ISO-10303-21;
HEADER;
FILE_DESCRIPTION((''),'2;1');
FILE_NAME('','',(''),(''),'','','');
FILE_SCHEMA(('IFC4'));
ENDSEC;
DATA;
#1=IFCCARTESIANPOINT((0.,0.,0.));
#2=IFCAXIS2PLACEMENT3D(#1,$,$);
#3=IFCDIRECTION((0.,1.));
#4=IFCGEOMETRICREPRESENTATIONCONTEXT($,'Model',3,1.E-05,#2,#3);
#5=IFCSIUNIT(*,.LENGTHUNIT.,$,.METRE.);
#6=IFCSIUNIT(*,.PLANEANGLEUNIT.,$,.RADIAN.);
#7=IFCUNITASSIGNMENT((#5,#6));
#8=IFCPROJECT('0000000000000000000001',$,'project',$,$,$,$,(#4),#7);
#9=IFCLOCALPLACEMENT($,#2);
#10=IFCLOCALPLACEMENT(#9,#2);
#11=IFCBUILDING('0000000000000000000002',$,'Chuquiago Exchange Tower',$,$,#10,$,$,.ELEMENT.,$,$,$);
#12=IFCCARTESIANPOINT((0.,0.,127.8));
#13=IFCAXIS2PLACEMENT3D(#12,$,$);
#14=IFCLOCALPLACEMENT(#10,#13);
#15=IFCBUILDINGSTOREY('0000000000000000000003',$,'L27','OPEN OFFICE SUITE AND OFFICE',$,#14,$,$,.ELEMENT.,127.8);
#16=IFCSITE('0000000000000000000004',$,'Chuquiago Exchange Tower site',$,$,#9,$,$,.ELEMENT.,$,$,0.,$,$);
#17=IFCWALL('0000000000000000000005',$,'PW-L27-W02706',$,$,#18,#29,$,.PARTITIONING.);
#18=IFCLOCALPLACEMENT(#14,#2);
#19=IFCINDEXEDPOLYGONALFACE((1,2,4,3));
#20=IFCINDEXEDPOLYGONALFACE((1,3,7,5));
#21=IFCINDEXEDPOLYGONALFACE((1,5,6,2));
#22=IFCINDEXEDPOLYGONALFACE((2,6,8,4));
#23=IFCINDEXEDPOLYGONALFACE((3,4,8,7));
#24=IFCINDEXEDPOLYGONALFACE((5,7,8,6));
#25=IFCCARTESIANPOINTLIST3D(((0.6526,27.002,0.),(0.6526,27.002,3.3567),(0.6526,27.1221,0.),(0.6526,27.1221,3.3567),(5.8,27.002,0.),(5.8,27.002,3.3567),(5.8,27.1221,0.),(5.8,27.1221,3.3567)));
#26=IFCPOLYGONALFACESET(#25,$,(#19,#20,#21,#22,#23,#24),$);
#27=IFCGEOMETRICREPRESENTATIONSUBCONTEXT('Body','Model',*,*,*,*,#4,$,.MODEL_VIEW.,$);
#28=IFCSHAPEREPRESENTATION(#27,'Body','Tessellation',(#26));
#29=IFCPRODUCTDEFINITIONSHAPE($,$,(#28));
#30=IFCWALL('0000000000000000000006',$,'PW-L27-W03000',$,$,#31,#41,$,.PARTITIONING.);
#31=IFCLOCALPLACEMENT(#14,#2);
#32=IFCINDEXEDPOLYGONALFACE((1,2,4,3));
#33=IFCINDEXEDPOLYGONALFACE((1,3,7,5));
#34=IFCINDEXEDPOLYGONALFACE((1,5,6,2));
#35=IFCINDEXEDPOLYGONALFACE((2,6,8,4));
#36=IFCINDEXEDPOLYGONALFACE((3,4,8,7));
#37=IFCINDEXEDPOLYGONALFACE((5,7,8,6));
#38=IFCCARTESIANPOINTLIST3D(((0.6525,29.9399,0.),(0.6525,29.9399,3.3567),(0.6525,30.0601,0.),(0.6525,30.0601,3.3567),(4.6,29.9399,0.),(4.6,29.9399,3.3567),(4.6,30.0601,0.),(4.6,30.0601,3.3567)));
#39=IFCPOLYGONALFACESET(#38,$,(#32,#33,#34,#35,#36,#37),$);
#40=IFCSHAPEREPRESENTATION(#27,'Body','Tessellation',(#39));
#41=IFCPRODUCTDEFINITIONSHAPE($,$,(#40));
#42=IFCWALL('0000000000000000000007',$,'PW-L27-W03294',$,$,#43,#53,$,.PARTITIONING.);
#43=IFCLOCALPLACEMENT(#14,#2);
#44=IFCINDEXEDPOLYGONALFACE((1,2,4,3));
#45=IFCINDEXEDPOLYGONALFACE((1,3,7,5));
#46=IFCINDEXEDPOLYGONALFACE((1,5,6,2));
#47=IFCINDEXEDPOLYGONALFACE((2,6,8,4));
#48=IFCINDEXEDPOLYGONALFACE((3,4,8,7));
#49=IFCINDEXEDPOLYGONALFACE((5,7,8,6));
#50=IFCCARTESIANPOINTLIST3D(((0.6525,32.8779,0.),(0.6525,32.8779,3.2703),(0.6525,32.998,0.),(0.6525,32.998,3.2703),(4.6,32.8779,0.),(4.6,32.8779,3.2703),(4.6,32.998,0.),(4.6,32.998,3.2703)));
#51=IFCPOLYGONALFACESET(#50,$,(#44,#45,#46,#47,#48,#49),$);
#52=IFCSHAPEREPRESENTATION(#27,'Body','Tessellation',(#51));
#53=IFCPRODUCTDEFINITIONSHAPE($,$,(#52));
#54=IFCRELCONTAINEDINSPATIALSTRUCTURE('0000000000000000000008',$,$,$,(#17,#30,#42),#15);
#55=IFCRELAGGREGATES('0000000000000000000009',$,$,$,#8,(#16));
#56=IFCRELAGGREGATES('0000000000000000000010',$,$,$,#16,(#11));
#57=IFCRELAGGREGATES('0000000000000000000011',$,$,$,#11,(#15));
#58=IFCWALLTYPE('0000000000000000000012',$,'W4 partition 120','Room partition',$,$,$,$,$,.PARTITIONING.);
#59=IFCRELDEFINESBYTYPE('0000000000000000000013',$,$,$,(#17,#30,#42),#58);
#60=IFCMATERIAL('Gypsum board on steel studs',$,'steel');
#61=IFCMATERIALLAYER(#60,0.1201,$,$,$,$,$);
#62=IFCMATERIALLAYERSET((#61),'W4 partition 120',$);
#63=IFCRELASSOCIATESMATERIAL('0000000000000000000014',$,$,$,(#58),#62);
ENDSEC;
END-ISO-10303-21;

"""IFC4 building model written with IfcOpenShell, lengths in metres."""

from ifc_helpers import new_model, si_unit, direction, frame, frame_2d, origin, place, context, subcontext, project, spatial, rectangle, extrude, material, layer, layer_set, type_object, element, save


model = new_model("IFC4")

# Units and contexts
model_context = context("Model", 3, precision=1e-05, world=origin(), true_north=direction((0.0, 1.0)))
body_context = subcontext(model_context, "Body", "Model", "MODEL_VIEW")
ifc_project = project(units=[si_unit("LENGTHUNIT", "METRE"), si_unit("PLANEANGLEUNIT", "RADIAN")], contexts=[model_context])

# Site, building, storey
site_placement = place(None, origin())
site = spatial("IfcSite", under=ifc_project, at=site_placement, Name="Chuquiago Exchange Tower site", CompositionType="ELEMENT", RefElevation=0.0)
building_placement = place(site_placement, origin())
building = spatial("IfcBuilding", under=site, at=building_placement, Name="Chuquiago Exchange Tower", CompositionType="ELEMENT")
storey_placement = place(building_placement, frame((0.0, 0.0, 127.8)))
storey = spatial("IfcBuildingStorey", under=building, at=storey_placement, Name="L27", Description="OPEN OFFICE SUITE AND OFFICE", CompositionType="ELEMENT", Elevation=127.8)

# Walls
ifc_material_1 = material(Name="Gypsum board on steel studs", Category="steel")
ifc_layer_1 = layer(ifc_material_1, 0.1201)
ifc_layer_set_1 = layer_set([ifc_layer_1], Name="W4 partition 120")
wall_type = type_object("IfcWallType", Name="W4 partition 120", Description="Room partition", PredefinedType="PARTITIONING", material=ifc_layer_set_1)
wall_1_placement = place(storey_placement, frame((0.6526, 27.062, 0.0), z_axis=(0.0, 0.0, 1.0), x_axis=(1.0, 0.0, 0.0)))
element("IfcWall", 1, at=wall_1_placement, inside=storey, type_object=wall_type, Name="PW-L27-W02706", PredefinedType="PARTITIONING", context=body_context, shape_type="SweptSolid", body=[
    extrude(rectangle(XDim=5.1475, YDim=0.1201, at=frame_2d((2.5737, 0.0))), origin(), (0.0, 0.0, 1.0), 3.3567),
])
wall_2_placement = place(storey_placement, frame((0.6526, 30.0, 0.0), z_axis=(0.0, 0.0, 1.0), x_axis=(1.0, 0.0, 0.0)))
element("IfcWall", 2, at=wall_2_placement, inside=storey, type_object=wall_type, Name="PW-L27-W03000", PredefinedType="PARTITIONING", context=body_context, shape_type="SweptSolid", body=[
    extrude(rectangle(XDim=3.9475, YDim=0.1201, at=frame_2d((1.9736, 0.0))), origin(), (0.0, 0.0, 1.0), 3.3567),
])
wall_3_placement = place(storey_placement, frame((0.6526, 32.938, 0.0), z_axis=(0.0, 0.0, 1.0), x_axis=(1.0, 0.0, 0.0)))
element("IfcWall", 3, at=wall_3_placement, inside=storey, type_object=wall_type, Name="PW-L27-W03294", PredefinedType="PARTITIONING", context=body_context, shape_type="SweptSolid", body=[
    extrude(rectangle(XDim=3.9475, YDim=0.1201, at=frame_2d((1.9736, 0.0))), origin(), (0.0, 0.0, 1.0), 3.2703),
])

save(model, "model.ifc")
